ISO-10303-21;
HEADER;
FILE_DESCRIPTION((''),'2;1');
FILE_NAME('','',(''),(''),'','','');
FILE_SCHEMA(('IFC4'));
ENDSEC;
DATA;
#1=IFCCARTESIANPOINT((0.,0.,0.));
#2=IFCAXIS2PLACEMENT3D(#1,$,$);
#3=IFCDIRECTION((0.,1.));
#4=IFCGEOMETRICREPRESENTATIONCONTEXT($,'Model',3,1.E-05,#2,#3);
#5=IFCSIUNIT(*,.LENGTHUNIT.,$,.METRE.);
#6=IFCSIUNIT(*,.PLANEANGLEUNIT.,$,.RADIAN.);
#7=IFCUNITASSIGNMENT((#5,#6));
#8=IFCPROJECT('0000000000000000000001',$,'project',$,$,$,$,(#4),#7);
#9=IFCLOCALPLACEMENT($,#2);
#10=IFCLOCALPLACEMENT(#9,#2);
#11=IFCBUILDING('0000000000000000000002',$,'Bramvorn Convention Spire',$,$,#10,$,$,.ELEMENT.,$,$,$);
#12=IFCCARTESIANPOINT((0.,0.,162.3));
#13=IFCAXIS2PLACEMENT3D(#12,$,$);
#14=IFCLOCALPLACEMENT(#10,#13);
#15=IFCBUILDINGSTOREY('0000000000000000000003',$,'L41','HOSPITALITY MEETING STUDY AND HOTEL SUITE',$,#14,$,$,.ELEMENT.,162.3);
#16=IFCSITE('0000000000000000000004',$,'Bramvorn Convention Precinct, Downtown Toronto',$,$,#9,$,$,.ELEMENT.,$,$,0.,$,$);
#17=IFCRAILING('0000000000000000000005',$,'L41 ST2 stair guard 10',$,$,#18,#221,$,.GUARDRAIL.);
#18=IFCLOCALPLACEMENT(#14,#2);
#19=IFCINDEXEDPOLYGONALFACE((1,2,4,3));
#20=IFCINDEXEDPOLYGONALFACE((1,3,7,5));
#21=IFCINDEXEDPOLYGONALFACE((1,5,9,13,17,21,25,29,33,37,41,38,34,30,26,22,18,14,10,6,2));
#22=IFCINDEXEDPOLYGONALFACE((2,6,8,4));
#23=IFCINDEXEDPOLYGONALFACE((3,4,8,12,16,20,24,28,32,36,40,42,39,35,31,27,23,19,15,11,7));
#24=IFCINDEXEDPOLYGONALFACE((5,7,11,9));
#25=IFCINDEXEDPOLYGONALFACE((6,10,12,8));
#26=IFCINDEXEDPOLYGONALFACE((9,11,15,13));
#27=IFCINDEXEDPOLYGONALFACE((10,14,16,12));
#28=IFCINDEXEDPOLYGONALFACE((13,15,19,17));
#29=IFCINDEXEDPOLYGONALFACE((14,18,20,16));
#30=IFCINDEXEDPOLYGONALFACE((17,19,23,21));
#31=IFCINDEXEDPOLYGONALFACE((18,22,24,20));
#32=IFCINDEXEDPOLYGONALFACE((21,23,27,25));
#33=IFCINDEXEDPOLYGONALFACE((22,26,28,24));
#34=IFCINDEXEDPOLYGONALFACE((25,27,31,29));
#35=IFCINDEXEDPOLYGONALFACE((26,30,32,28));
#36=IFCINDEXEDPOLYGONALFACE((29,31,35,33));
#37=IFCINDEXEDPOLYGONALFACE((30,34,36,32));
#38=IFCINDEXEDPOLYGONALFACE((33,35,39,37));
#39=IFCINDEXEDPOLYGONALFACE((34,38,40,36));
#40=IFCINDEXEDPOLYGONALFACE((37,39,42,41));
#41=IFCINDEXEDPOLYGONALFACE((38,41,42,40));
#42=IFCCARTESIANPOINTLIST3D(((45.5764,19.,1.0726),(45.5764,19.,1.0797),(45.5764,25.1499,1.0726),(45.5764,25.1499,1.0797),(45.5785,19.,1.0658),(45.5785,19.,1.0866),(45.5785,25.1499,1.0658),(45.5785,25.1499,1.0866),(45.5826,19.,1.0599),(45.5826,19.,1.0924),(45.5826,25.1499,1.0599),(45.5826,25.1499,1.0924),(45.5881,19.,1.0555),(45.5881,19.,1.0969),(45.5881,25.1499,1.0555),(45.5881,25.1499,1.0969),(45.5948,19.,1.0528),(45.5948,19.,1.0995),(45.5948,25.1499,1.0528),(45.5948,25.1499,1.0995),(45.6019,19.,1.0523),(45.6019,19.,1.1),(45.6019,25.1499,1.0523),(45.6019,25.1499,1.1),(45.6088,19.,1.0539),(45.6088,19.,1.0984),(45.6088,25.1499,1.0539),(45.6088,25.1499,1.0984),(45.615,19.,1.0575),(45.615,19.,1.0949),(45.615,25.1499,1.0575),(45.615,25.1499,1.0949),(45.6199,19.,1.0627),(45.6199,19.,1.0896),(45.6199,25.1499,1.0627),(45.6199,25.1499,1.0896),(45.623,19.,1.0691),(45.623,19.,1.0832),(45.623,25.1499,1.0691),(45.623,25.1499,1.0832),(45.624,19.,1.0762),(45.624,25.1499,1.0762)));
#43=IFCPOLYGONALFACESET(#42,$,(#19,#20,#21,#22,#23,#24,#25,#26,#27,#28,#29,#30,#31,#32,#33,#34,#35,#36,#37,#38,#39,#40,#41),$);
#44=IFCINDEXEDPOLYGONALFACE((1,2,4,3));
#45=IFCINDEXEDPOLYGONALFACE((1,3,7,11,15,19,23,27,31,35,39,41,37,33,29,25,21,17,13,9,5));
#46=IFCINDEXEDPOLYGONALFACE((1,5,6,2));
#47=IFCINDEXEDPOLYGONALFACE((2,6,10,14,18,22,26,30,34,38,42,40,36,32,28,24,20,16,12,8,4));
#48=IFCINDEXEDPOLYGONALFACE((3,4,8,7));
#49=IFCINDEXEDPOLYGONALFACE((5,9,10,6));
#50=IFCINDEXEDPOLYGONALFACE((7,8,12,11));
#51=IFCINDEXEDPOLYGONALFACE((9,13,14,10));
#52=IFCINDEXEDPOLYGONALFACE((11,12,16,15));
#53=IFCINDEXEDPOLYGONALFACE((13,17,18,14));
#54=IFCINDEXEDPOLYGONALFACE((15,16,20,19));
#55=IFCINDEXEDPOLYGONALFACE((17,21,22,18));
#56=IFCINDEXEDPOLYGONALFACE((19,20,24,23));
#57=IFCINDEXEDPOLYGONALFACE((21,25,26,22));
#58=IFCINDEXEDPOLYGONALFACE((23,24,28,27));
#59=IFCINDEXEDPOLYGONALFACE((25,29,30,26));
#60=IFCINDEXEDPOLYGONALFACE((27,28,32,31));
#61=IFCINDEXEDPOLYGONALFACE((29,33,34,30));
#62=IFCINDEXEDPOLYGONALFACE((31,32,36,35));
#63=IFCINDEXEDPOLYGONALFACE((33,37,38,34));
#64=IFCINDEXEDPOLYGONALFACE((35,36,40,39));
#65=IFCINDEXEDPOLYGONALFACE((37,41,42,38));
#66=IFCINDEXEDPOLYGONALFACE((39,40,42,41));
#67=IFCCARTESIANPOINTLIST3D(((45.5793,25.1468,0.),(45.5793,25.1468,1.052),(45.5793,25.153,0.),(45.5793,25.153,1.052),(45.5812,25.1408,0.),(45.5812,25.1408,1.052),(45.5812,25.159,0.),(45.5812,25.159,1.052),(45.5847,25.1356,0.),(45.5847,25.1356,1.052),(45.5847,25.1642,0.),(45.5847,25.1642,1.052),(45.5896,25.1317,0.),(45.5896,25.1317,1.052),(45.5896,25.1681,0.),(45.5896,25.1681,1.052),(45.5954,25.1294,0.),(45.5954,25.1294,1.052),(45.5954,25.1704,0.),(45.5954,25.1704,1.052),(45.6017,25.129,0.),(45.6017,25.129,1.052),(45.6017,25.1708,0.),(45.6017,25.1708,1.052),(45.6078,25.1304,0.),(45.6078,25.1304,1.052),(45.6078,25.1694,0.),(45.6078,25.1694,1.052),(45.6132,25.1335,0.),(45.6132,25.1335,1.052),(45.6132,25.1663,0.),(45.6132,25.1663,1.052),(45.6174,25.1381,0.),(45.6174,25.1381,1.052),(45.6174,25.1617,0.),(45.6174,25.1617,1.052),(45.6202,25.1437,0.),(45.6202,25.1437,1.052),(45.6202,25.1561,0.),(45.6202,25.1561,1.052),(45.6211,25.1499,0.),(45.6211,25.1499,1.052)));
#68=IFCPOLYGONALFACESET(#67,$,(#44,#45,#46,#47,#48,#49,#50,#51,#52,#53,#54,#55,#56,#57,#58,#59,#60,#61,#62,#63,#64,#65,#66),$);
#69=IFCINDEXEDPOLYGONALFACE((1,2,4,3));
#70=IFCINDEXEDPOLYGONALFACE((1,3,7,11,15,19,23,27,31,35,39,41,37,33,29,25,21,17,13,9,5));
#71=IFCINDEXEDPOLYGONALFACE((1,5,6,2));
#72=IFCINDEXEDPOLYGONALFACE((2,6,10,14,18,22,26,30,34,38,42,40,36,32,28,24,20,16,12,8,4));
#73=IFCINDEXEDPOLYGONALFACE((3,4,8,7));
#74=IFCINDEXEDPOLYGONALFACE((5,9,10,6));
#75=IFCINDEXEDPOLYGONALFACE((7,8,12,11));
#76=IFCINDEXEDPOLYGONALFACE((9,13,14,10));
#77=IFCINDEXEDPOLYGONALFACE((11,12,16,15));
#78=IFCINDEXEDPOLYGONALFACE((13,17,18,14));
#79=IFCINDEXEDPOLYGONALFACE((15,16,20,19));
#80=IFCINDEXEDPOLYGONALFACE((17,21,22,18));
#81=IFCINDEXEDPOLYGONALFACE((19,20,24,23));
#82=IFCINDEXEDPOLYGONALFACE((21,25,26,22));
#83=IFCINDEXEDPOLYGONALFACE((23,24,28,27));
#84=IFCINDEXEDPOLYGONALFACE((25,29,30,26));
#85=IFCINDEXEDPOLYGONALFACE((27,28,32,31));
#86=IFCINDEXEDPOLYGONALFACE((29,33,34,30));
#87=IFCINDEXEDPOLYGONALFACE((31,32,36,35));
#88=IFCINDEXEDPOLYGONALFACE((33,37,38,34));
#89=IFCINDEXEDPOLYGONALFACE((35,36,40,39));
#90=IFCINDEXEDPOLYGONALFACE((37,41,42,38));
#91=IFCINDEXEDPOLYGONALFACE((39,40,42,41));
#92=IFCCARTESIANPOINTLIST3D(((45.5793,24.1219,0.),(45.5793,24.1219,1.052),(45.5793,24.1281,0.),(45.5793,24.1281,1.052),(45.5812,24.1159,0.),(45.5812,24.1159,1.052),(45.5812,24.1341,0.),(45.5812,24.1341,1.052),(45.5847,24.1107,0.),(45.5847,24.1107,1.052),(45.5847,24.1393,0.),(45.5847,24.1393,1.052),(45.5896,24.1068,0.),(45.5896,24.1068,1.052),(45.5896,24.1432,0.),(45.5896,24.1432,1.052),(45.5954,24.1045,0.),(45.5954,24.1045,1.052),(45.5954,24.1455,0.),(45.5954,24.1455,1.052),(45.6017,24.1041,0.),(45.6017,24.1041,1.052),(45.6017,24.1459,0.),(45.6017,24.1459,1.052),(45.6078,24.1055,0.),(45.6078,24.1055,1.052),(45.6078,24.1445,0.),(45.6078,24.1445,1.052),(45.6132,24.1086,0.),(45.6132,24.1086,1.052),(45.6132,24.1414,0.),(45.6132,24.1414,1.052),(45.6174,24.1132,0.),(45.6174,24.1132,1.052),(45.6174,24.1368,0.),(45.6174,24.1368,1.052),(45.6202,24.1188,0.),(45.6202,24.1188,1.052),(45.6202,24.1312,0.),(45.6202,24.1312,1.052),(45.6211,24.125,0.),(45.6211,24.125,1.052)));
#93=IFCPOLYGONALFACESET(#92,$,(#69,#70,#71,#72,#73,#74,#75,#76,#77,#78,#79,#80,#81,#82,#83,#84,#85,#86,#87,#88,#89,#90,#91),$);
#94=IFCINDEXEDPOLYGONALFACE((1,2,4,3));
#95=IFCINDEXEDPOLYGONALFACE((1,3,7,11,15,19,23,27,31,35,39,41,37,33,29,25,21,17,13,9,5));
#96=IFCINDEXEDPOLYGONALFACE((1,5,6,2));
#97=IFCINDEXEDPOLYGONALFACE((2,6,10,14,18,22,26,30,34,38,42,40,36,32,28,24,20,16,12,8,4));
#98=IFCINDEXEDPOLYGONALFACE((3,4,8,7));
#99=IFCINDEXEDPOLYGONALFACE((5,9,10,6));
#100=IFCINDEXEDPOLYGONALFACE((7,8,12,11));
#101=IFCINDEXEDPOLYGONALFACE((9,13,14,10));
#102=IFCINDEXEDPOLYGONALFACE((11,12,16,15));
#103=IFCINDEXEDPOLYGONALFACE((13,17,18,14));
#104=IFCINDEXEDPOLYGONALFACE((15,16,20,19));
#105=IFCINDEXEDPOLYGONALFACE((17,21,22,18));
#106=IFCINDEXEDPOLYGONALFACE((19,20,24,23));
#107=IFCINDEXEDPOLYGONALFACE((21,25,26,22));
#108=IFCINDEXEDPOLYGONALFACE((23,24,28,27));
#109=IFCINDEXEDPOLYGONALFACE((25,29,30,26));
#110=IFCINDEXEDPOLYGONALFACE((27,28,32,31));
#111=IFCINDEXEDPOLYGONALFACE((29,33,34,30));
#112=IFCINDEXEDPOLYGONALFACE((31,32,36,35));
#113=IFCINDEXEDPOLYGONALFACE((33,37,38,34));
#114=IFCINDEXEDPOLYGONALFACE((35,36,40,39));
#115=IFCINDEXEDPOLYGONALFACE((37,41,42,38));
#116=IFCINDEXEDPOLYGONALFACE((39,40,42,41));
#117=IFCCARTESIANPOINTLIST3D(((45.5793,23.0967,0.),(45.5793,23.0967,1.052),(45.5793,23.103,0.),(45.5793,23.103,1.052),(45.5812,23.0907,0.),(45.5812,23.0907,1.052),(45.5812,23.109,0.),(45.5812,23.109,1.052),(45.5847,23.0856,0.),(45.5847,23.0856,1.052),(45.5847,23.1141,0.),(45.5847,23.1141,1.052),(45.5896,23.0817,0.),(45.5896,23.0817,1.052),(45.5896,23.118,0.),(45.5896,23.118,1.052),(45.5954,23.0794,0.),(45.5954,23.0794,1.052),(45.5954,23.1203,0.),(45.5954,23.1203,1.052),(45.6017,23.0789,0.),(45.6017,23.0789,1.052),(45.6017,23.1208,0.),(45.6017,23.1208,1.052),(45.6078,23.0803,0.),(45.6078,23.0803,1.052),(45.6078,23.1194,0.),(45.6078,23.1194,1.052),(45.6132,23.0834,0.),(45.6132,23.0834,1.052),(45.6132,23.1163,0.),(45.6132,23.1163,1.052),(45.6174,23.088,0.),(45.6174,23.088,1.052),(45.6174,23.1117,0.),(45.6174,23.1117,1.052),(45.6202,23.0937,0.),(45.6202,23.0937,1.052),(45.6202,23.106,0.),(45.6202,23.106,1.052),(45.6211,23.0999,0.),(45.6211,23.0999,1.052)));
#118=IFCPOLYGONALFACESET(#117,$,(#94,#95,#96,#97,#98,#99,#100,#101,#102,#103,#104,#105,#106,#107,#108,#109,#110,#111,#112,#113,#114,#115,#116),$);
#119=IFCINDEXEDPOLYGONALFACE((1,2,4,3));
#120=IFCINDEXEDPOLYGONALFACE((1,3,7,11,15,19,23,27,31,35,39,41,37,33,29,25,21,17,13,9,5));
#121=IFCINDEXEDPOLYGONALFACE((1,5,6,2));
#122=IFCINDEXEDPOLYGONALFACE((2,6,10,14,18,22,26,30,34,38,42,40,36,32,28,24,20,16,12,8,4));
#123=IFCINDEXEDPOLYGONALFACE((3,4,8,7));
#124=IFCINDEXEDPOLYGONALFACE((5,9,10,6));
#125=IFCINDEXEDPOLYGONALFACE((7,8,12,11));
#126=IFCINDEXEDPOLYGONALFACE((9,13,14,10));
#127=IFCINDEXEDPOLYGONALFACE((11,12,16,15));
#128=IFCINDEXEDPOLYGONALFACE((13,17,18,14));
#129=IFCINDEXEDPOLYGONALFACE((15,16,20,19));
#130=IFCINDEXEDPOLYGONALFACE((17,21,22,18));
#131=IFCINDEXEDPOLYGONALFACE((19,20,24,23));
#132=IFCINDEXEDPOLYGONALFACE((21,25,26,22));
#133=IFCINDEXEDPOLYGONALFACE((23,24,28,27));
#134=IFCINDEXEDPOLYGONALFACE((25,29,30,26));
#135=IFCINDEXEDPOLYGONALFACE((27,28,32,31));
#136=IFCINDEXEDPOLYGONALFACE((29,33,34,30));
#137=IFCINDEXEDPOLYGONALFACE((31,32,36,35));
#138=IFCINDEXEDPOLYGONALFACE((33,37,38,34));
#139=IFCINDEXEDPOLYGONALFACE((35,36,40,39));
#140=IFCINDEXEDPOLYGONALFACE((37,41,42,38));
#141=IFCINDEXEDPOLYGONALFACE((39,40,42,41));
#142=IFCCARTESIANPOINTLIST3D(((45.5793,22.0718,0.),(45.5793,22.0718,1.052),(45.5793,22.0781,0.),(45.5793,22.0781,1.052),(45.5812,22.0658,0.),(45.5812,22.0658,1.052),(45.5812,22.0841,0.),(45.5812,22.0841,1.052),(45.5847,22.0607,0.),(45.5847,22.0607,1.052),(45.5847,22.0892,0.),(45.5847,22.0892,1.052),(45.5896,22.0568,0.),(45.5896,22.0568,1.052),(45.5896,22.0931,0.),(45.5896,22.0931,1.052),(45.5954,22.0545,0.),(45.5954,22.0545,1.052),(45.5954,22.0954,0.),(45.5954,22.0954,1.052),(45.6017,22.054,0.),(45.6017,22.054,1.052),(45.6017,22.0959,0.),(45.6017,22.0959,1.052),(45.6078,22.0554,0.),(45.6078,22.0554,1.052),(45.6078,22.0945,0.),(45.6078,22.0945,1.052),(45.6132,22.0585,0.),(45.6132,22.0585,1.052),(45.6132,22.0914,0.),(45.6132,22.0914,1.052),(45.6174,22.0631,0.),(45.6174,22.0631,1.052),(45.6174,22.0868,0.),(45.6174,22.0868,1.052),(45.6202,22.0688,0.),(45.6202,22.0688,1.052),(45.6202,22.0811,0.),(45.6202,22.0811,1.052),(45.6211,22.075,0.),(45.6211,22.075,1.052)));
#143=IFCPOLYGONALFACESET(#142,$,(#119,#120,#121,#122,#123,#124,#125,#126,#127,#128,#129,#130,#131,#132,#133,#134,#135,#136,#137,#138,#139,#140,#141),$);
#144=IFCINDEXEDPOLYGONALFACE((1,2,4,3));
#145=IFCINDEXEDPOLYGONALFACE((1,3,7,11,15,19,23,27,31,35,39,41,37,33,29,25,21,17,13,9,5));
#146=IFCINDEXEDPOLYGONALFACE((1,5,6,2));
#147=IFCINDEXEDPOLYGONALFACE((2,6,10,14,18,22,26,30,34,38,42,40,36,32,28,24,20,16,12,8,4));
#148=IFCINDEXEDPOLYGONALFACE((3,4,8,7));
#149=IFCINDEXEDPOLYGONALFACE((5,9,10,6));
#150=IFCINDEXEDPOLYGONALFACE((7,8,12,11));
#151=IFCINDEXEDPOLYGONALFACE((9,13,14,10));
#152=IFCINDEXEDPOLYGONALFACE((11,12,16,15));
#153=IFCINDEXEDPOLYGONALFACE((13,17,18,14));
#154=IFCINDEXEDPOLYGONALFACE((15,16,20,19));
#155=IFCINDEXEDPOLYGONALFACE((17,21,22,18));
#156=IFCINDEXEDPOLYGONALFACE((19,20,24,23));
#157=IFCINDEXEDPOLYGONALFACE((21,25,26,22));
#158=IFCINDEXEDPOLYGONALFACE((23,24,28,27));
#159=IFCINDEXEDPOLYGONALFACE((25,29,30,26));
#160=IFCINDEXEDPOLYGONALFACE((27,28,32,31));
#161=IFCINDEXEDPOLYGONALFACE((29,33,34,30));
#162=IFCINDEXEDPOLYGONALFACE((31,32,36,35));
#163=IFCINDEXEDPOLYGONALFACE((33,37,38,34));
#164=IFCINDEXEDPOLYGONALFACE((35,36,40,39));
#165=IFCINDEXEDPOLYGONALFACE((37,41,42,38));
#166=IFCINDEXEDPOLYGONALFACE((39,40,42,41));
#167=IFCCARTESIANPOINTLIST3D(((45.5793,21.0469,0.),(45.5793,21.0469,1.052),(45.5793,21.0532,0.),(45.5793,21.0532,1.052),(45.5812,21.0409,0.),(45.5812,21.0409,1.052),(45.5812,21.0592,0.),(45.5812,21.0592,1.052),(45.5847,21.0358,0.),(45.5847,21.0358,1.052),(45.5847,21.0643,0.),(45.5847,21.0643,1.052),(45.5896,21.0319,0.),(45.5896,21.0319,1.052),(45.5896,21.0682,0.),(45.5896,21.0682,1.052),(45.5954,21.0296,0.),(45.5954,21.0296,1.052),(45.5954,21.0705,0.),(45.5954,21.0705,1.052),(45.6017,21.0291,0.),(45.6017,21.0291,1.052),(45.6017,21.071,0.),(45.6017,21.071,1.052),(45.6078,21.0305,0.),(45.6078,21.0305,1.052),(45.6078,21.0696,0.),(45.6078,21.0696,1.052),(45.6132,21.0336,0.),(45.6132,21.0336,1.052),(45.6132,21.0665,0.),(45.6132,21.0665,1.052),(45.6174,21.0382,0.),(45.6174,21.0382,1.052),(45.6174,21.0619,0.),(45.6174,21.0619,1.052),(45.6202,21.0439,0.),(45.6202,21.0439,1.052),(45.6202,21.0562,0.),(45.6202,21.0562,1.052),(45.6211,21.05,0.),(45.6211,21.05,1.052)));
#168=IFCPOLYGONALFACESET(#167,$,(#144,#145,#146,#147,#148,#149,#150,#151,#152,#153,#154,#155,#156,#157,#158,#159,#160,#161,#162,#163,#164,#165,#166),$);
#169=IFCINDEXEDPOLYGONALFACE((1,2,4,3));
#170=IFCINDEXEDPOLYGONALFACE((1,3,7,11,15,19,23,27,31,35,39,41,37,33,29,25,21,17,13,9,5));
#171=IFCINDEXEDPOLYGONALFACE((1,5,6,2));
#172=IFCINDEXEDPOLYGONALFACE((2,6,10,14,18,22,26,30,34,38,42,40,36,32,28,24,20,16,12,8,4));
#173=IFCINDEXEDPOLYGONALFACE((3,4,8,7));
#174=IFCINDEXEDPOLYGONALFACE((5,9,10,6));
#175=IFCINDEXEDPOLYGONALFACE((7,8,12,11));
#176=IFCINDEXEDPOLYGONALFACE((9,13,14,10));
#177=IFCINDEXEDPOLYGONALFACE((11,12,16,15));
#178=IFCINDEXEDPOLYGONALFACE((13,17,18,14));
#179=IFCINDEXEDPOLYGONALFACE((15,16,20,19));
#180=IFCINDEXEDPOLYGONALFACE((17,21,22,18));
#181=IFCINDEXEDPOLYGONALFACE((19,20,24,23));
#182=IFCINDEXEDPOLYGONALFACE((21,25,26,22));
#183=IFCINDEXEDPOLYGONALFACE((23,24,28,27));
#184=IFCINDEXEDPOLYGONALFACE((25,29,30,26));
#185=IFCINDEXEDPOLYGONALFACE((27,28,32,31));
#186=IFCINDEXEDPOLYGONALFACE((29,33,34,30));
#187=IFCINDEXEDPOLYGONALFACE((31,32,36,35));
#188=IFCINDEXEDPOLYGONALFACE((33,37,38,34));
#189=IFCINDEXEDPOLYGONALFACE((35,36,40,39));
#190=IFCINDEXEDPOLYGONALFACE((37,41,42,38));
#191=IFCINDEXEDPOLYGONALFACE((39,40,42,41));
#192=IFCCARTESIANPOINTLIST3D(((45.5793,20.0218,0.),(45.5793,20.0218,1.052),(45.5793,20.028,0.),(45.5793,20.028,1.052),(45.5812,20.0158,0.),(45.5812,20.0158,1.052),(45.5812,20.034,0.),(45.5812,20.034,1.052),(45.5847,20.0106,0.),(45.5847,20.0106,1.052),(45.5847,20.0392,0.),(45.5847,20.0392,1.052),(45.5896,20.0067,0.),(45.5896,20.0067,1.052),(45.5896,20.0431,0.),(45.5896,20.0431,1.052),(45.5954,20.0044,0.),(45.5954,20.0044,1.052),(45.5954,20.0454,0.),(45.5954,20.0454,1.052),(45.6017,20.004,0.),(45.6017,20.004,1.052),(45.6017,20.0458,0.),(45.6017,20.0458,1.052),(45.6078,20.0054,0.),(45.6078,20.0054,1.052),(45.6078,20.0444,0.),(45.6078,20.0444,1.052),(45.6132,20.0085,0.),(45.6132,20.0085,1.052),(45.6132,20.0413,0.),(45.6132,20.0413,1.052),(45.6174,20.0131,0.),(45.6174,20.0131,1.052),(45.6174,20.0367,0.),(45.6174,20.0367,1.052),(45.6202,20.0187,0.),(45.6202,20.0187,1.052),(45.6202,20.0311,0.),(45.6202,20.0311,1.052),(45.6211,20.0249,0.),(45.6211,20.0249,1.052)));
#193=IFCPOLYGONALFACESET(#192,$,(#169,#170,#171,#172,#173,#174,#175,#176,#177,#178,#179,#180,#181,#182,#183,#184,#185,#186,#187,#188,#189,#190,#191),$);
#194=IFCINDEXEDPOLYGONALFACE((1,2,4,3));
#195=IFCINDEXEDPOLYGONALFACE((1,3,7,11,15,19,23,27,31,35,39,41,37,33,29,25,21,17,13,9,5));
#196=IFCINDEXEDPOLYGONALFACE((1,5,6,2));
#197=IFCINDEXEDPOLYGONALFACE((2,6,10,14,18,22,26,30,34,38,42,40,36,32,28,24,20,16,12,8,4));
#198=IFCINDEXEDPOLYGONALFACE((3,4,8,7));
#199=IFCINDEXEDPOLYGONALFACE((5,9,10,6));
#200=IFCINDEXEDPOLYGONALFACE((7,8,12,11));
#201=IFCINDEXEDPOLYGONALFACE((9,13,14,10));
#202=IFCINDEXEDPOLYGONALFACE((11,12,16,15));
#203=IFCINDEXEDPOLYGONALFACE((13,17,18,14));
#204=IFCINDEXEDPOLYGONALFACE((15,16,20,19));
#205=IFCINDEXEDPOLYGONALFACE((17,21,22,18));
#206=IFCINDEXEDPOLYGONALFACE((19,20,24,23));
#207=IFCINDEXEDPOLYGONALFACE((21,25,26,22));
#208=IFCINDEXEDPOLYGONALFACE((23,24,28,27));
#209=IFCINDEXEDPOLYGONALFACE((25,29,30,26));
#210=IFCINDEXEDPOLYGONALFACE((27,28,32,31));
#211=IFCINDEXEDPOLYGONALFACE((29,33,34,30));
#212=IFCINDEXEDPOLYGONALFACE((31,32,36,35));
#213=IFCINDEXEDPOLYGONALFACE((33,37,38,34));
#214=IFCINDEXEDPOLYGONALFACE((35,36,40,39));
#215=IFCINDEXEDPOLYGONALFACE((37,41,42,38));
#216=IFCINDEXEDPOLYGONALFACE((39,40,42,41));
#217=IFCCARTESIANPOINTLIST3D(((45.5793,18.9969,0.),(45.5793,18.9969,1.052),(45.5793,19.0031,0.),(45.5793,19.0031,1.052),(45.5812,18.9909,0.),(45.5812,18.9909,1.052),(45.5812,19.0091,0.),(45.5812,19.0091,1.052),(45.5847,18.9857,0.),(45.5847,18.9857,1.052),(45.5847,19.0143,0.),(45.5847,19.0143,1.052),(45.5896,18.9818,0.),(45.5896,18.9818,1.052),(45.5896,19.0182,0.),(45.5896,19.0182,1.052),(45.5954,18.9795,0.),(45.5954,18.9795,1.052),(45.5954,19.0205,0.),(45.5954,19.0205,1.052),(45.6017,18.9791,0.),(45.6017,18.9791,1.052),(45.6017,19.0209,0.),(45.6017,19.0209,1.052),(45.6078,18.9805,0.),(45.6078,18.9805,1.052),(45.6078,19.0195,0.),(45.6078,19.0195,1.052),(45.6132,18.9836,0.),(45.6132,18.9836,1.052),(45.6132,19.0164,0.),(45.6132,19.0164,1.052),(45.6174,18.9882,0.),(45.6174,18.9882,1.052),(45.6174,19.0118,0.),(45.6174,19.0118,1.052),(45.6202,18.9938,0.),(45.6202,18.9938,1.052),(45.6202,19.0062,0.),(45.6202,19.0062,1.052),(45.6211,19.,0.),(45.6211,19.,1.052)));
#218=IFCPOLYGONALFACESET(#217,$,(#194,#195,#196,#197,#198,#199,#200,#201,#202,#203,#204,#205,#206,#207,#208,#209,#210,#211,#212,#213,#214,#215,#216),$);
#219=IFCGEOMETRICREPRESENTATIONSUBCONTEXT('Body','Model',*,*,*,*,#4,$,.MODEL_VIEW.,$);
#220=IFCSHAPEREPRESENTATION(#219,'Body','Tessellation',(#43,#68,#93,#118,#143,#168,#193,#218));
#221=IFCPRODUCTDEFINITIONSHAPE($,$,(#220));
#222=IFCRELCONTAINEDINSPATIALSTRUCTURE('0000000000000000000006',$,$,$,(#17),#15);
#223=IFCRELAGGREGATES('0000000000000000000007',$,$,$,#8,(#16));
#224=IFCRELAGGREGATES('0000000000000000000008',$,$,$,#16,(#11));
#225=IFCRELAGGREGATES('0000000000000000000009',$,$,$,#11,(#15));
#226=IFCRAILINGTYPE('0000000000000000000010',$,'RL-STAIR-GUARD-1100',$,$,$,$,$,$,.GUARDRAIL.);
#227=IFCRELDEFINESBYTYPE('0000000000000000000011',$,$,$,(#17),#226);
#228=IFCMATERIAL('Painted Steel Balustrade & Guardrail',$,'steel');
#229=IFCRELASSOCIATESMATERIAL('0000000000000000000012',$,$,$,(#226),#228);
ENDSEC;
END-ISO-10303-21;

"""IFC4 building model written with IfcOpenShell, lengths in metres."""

from ifc_helpers import new_model, si_unit, direction, frame, origin, origin_2d, place, context, subcontext, project, spatial, circle, extrude, material, type_object, element, save


model = new_model("IFC4")

# Units and contexts
model_context = context("Model", 3, precision=1e-05, world=origin(), true_north=direction((0.0, 1.0)))
body_context = subcontext(model_context, "Body", "Model", "MODEL_VIEW")
ifc_project = project(units=[si_unit("LENGTHUNIT", "METRE"), si_unit("PLANEANGLEUNIT", "RADIAN")], contexts=[model_context])

# Site, building, storey
site_placement = place(None, origin())
site = spatial("IfcSite", under=ifc_project, at=site_placement, Name="Bramvorn Convention Precinct, Downtown Toronto", CompositionType="ELEMENT", RefElevation=0.0)
building_placement = place(site_placement, origin())
building = spatial("IfcBuilding", under=site, at=building_placement, Name="Bramvorn Convention Spire", CompositionType="ELEMENT")
storey_placement = place(building_placement, frame((0.0, 0.0, 162.3)))
storey = spatial("IfcBuildingStorey", under=building, at=storey_placement, Name="L41", Description="HOSPITALITY MEETING STUDY AND HOTEL SUITE", CompositionType="ELEMENT", Elevation=162.3)

# Railing
ifc_material_1 = material(Name="Painted Steel Balustrade & Guardrail", Category="steel")
railing_type_1 = type_object("IfcRailingType", Name="RL-STAIR-GUARD-1100", PredefinedType="GUARDRAIL", material=ifc_material_1)
railing_1_placement = place(storey_placement, frame((45.6001, 25.1499, 0.0)))
element("IfcRailing", 1, at=railing_1_placement, inside=storey, type_object=railing_type_1, Name="L41 ST2 stair guard 10", PredefinedType="GUARDRAIL", context=body_context, shape_type="SweptSolid", body=[
    extrude(circle(Radius=0.0239, at=origin_2d()), frame((0.0, 0.0, 1.0762), z_axis=(0.0, -1.0, 0.0), x_axis=(1.0, 0.0, 0.0)), (0.0, 0.0, 1.0), 6.1499),
    extrude(circle(Radius=0.021, at=origin_2d()), origin(), (0.0, 0.0, 1.0), 1.052),
    extrude(circle(Radius=0.021, at=origin_2d()), frame((0.0, -1.0249, 0.0)), (0.0, 0.0, 1.0), 1.052),
    extrude(circle(Radius=0.021, at=origin_2d()), frame((0.0, -2.05, 0.0)), (0.0, 0.0, 1.0), 1.052),
    extrude(circle(Radius=0.021, at=origin_2d()), frame((0.0, -3.075, 0.0)), (0.0, 0.0, 1.0), 1.052),
    extrude(circle(Radius=0.021, at=origin_2d()), frame((0.0, -4.0999, 0.0)), (0.0, 0.0, 1.0), 1.052),
    extrude(circle(Radius=0.021, at=origin_2d()), frame((0.0, -5.125, 0.0)), (0.0, 0.0, 1.0), 1.052),
    extrude(circle(Radius=0.021, at=origin_2d()), frame((0.0, -6.1499, 0.0)), (0.0, 0.0, 1.0), 1.052),
])

save(model, "model.ifc")
